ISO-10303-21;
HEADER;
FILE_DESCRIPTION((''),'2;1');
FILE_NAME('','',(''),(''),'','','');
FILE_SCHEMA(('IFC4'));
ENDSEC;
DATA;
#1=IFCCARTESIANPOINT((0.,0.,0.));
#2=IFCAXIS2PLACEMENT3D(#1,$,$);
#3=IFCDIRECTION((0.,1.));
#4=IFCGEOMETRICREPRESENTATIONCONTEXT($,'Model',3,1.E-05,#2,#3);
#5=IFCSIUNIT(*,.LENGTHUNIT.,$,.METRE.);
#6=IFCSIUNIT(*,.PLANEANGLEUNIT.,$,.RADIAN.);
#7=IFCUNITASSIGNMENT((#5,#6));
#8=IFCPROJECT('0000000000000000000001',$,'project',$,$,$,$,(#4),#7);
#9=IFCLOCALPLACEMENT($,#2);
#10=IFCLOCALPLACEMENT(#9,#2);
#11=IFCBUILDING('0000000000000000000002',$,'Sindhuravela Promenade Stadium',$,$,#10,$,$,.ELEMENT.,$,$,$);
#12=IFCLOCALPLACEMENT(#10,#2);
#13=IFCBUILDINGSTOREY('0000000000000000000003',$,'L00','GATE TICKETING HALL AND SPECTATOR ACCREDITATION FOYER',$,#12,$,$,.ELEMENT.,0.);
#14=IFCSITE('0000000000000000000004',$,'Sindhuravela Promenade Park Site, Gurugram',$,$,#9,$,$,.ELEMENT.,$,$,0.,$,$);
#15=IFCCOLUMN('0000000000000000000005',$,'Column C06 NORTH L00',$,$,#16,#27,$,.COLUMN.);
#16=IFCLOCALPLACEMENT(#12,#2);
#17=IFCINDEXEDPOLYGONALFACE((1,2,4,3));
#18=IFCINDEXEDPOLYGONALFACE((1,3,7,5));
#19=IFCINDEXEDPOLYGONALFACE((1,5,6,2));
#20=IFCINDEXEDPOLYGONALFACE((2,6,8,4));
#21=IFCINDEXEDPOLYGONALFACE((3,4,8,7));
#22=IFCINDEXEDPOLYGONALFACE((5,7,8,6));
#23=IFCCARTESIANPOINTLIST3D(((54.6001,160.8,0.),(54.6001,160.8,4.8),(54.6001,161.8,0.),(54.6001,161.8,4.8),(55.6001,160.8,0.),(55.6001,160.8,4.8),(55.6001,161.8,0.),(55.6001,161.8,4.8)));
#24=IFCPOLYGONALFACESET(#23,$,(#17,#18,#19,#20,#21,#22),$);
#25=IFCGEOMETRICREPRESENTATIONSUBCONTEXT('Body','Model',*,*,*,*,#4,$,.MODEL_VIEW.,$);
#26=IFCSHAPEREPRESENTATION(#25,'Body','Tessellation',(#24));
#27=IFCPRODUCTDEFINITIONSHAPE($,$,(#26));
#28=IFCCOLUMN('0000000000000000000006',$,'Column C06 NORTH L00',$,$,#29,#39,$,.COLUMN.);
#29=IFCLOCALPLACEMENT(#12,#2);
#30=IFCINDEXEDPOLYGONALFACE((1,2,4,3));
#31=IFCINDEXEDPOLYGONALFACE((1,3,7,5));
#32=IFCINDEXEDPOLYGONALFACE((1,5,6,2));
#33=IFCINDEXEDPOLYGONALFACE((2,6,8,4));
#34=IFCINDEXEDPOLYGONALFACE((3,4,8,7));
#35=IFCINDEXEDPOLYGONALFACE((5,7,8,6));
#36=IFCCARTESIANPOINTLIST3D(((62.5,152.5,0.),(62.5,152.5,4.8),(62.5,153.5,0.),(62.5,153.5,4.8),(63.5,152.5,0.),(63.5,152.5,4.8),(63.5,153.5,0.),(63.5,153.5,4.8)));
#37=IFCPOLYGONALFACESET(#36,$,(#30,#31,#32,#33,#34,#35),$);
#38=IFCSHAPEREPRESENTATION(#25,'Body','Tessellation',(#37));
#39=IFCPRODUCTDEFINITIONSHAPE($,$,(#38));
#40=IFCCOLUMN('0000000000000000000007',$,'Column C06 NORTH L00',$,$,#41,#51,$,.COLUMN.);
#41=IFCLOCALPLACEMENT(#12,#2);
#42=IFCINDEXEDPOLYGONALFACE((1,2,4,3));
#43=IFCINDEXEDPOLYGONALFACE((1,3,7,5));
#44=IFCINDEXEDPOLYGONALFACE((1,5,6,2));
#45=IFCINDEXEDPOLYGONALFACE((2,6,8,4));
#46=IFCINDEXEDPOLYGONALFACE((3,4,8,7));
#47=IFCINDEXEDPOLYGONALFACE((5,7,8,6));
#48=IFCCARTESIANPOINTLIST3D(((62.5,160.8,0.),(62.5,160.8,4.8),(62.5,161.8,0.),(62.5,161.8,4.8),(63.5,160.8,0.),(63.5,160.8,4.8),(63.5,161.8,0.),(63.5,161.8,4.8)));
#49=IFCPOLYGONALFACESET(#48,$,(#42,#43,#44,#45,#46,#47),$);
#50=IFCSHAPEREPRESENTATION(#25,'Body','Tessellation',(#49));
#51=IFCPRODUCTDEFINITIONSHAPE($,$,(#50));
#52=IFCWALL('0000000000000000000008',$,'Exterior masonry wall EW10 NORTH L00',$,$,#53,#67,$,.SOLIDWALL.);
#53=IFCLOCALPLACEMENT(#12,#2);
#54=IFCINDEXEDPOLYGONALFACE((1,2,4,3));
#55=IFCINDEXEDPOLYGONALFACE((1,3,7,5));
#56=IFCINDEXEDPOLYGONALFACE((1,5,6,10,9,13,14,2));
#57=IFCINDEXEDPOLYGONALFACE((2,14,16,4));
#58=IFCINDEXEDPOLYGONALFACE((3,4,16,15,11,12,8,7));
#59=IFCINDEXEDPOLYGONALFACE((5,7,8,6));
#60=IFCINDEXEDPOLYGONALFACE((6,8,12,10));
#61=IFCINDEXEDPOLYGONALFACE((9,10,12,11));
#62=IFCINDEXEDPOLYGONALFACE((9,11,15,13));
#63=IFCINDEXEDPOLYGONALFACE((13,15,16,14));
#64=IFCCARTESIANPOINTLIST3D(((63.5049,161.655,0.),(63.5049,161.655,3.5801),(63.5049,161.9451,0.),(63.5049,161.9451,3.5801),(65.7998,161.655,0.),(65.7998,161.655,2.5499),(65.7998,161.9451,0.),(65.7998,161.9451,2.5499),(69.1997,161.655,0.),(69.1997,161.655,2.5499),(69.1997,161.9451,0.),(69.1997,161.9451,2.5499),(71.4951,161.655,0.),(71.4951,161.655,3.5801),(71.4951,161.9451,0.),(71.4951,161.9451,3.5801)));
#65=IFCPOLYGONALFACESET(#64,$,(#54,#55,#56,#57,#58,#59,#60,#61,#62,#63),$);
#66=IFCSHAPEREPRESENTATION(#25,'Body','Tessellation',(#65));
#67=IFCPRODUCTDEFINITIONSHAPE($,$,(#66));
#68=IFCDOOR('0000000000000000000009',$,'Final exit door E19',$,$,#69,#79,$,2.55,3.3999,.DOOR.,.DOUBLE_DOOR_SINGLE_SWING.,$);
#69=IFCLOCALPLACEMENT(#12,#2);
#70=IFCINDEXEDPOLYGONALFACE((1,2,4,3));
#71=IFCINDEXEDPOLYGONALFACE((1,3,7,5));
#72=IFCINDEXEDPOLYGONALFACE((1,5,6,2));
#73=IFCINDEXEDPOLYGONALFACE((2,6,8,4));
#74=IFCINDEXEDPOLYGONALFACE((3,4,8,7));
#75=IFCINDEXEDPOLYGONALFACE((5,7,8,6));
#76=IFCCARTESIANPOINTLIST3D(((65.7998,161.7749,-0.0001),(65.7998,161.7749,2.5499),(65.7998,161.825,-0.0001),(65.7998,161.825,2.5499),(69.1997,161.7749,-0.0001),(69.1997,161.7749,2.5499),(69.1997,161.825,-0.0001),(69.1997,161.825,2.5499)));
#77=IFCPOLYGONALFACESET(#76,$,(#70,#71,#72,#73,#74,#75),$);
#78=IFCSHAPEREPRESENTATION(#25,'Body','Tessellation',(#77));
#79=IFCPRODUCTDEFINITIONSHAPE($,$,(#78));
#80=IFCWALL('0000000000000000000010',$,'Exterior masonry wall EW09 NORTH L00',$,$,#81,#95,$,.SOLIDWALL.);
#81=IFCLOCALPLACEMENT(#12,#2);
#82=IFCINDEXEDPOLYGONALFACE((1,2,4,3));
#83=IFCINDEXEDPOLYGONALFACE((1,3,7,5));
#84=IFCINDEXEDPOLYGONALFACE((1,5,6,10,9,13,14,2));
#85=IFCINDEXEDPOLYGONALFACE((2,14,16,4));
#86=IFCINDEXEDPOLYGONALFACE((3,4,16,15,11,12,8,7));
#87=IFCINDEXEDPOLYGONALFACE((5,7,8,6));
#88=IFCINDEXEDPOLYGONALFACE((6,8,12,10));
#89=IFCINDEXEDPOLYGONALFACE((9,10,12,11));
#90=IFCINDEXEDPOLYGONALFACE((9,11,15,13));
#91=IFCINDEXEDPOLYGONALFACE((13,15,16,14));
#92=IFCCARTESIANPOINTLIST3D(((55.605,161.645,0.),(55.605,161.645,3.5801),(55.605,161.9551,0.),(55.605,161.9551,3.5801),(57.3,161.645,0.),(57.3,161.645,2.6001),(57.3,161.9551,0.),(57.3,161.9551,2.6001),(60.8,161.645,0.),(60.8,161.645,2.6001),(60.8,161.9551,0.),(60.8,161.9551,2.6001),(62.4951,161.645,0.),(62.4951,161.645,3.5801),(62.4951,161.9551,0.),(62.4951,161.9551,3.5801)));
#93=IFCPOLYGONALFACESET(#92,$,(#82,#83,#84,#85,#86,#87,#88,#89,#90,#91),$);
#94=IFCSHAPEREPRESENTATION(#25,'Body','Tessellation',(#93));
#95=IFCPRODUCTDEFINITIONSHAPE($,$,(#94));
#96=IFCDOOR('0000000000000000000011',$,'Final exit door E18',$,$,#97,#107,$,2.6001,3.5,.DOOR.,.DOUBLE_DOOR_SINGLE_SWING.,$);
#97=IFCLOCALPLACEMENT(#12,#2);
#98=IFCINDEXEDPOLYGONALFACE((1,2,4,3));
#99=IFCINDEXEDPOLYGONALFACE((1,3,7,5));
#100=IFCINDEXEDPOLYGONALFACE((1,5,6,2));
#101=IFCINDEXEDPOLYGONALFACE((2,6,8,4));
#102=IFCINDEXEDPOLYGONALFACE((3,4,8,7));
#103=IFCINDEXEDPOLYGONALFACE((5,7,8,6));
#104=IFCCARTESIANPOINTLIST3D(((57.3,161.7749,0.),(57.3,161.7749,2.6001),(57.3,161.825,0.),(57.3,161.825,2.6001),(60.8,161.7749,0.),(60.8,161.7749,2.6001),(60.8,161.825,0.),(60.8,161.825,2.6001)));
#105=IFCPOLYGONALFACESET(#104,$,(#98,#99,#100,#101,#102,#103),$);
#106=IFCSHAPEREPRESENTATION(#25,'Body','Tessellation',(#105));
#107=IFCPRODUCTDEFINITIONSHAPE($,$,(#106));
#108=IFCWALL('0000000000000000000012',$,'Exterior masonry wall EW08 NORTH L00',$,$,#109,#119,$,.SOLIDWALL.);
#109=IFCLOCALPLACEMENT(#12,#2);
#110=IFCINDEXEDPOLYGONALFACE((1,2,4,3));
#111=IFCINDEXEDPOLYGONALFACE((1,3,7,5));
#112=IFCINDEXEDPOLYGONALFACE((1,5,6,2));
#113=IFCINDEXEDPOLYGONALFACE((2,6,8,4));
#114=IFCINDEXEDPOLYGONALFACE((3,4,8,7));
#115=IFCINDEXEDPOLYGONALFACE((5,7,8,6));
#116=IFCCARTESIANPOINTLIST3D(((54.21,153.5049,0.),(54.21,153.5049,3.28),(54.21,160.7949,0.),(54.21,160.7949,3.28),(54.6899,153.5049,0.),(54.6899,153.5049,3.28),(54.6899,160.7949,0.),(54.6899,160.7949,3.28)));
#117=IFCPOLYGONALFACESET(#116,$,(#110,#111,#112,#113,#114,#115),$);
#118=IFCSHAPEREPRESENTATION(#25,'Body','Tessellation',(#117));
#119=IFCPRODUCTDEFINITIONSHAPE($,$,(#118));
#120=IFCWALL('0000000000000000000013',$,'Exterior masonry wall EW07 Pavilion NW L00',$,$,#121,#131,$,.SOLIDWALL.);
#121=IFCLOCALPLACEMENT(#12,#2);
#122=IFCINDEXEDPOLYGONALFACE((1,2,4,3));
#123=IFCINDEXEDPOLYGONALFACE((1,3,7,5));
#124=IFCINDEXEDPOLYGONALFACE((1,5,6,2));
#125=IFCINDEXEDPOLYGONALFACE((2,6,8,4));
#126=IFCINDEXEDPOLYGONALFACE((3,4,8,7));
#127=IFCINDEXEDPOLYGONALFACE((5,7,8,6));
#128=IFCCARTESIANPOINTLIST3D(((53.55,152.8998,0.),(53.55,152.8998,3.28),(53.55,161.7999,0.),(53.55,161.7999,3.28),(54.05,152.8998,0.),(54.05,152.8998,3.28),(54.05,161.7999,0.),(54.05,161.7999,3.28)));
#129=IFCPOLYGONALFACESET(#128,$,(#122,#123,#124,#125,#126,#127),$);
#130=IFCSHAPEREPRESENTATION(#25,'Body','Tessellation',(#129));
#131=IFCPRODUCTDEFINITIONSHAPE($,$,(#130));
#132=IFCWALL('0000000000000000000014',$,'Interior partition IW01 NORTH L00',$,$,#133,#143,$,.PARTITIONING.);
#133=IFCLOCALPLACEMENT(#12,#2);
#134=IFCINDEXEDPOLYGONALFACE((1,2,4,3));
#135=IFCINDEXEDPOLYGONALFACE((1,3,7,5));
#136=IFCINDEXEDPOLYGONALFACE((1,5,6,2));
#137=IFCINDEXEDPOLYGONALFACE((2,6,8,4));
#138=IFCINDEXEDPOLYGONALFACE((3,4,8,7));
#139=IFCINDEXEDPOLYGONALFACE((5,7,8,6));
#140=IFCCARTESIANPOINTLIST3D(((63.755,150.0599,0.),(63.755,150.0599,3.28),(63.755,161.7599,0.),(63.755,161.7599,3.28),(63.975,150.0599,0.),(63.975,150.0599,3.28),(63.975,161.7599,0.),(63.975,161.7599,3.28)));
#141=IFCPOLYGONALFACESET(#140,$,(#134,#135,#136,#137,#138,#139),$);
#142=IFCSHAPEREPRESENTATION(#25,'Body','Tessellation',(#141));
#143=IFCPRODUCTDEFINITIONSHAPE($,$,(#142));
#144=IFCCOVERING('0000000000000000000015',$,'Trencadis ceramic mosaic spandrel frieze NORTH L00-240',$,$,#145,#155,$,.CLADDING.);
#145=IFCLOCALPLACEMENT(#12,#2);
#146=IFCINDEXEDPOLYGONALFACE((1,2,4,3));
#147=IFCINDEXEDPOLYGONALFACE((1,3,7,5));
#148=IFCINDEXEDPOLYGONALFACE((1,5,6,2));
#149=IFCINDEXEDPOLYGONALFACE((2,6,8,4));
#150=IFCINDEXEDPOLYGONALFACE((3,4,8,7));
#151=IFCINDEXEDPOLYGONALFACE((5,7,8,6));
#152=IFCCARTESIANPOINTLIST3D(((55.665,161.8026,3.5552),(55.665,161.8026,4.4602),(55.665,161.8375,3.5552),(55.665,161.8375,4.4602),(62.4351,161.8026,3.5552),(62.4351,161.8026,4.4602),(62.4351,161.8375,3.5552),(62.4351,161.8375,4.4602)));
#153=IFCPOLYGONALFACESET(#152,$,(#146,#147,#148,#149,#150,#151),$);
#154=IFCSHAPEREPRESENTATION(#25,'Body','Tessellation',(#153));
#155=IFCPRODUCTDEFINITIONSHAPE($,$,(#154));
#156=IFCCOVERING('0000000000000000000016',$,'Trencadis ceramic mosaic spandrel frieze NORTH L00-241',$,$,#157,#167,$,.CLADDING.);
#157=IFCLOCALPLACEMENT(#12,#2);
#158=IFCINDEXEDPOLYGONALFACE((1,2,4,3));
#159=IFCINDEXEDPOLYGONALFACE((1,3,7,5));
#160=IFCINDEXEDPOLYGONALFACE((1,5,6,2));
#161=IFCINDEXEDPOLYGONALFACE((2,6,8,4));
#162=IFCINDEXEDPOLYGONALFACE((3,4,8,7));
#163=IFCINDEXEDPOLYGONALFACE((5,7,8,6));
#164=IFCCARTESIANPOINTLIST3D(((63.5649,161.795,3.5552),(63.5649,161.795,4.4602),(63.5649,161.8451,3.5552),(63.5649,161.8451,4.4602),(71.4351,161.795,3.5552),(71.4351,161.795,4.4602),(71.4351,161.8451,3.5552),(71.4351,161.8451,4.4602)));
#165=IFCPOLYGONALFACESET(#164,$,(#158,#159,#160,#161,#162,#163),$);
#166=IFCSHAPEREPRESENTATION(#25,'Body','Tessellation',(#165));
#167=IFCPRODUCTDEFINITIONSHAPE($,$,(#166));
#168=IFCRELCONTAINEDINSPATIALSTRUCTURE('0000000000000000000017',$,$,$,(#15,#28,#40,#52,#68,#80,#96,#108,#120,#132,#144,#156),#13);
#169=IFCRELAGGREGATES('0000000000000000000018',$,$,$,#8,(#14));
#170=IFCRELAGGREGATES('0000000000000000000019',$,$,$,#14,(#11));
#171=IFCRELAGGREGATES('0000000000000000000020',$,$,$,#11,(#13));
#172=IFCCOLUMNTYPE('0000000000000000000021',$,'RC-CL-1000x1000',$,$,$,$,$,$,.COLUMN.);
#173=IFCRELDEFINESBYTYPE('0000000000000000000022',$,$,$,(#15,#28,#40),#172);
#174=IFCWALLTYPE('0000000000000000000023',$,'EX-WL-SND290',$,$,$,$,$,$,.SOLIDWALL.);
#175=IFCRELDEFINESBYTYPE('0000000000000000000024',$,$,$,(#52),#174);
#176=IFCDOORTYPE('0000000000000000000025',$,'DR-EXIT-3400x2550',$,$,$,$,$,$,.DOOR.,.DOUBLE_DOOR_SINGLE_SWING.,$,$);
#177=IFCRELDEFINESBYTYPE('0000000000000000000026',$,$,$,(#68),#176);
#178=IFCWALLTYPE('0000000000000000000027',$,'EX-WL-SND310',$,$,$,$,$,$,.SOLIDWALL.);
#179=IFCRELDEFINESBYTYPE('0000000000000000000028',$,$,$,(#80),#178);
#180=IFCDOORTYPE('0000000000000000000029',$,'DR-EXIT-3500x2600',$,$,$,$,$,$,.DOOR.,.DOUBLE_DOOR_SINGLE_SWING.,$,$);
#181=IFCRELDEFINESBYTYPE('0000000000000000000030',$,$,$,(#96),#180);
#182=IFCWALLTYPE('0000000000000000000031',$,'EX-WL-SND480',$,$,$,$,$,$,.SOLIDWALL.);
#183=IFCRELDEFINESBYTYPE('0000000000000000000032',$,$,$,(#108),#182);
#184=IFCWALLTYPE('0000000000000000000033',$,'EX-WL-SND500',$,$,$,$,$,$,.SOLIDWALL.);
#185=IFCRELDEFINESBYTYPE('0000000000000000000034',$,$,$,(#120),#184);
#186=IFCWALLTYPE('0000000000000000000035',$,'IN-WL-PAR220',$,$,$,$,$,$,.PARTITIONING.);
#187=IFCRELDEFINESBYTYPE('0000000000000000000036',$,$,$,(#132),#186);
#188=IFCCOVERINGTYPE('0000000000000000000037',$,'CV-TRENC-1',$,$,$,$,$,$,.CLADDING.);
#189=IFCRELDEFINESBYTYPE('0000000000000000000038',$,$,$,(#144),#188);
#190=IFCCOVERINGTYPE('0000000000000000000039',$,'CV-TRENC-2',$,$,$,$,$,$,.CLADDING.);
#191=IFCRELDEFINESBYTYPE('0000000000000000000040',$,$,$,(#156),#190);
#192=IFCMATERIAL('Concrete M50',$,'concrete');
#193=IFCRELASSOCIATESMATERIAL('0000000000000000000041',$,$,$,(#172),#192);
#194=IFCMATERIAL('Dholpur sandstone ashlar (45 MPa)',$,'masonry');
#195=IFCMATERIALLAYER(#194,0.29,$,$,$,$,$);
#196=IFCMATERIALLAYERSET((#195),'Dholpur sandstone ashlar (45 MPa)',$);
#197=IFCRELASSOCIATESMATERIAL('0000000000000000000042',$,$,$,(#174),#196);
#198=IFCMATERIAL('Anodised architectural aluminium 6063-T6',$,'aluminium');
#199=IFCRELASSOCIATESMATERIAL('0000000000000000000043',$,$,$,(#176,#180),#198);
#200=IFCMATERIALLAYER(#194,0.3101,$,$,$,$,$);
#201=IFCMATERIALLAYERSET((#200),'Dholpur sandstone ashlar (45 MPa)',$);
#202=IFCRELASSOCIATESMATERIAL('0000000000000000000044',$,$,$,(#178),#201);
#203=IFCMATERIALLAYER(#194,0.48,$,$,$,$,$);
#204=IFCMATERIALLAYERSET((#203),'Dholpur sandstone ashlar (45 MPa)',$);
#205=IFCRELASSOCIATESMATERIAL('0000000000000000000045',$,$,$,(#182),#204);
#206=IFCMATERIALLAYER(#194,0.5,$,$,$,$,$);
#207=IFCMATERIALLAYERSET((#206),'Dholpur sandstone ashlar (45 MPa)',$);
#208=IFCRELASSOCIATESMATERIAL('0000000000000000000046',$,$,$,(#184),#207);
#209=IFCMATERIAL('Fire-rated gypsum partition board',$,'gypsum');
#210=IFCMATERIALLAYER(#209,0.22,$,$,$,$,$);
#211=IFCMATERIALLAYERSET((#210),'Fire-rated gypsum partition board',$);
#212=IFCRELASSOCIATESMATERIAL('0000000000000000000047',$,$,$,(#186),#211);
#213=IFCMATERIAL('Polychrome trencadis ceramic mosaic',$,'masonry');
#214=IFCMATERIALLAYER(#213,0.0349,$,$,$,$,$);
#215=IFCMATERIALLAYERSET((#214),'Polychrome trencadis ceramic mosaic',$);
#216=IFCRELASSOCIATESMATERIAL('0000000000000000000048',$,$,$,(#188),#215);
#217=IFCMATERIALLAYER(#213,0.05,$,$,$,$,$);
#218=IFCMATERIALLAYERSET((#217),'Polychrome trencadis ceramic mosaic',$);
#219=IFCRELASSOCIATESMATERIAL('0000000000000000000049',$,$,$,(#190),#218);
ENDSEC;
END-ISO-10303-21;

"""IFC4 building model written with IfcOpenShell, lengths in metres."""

from ifc_helpers import new_model, si_unit, direction, frame, frame_2d, origin, origin_2d, place, context, subcontext, project, spatial, rectangle, extrude, material, layer, layer_set, material_profile, profile_set, type_object, element, fill, save


model = new_model("IFC4")

# Units and contexts
model_context = context("Model", 3, precision=1e-05, world=origin(), true_north=direction((0.0, 1.0)))
body_context = subcontext(model_context, "Body", "Model", "MODEL_VIEW")
ifc_project = project(units=[si_unit("LENGTHUNIT", "METRE"), si_unit("PLANEANGLEUNIT", "RADIAN")], contexts=[model_context])

# Site, building, storey
site_placement = place(None, origin())
site = spatial("IfcSite", under=ifc_project, at=site_placement, Name="Sindhuravela Promenade Park Site, Gurugram", CompositionType="ELEMENT", RefElevation=0.0)
building_placement = place(site_placement, origin())
building = spatial("IfcBuilding", under=site, at=building_placement, Name="Sindhuravela Promenade Stadium", CompositionType="ELEMENT")
storey_placement = place(building_placement, origin())
storey = spatial("IfcBuildingStorey", under=building, at=storey_placement, Name="L00", Description="GATE TICKETING HALL AND SPECTATOR ACCREDITATION FOYER", CompositionType="ELEMENT", Elevation=0.0)

# Shared definitions
ifc_material_1 = material(Name="Concrete M50", Category="concrete")

# Columns
ifc_material_profile_1 = material_profile(ifc_material_1, rectangle(XDim=1.0, YDim=1.0, at=origin_2d()), Name="RC 1000x1000")
ifc_profile_set_1 = profile_set([ifc_material_profile_1], Name="Concrete M50")
column_type = type_object("IfcColumnType", Name="RC-CL-1000x1000", PredefinedType="COLUMN", material=ifc_profile_set_1)
for number, where, z_axis, x_axis, name in (
    (1, (55.1001, 161.3, 0.0), (0.0, 0.0, 1.0), (1.0, 0.0, 0.0), "Column C06 NORTH L00"),
    (2, (63.0, 153.0, 0.0), (0.0, 0.0, 1.0), (1.0, 0.0, 0.0), "Column C06 NORTH L00"),
    (3, (63.0, 161.3, 0.0), (0.0, 0.0, 1.0), (1.0, 0.0, 0.0), "Column C06 NORTH L00"),
):
    element("IfcColumn", number, at=place(storey_placement, frame(where, z_axis=z_axis, x_axis=x_axis)), inside=storey, type_object=column_type, Name=name, PredefinedType="COLUMN", context=body_context, shape_type="SweptSolid", body=[
        extrude(rectangle(XDim=1.0, YDim=1.0, at=origin_2d()), origin(), (0.0, 0.0, 1.0), 4.8),
    ])

# Walls, openings, doors
ifc_material_2 = material(Name="Dholpur sandstone ashlar (45 MPa)", Category="masonry")
ifc_layer_1 = layer(ifc_material_2, 0.29)
ifc_layer_set_1 = layer_set([ifc_layer_1], Name="Dholpur sandstone ashlar (45 MPa)")
wall_type_1 = type_object("IfcWallType", Name="EX-WL-SND290", PredefinedType="SOLIDWALL", material=ifc_layer_set_1)
wall_1_placement = place(storey_placement, frame((63.5049, 161.8, 0.0), z_axis=(0.0, 0.0, 1.0), x_axis=(1.0, 0.0, 0.0)))
wall_1 = element("IfcWall", 4, at=wall_1_placement, inside=storey, type_object=wall_type_1, Name="Exterior masonry wall EW10 NORTH L00", PredefinedType="SOLIDWALL", context=body_context, shape_type="SweptSolid", body=[
    extrude(rectangle(XDim=7.9902, YDim=0.29, at=frame_2d((3.9951, 0.0))), origin(), (0.0, 0.0, 1.0), 3.5801),
])
opening_1_placement = place(wall_1_placement, frame((2.2949, 0.0, 0.0)))
opening_1 = element("IfcOpeningElement", 5, at=opening_1_placement, cuts=wall_1, PredefinedType="OPENING", context=body_context, shape_type="SweptSolid", body=[
    extrude(rectangle(XDim=3.3999, YDim=2.55, at=frame_2d((1.7, 1.2749))), frame((0.0, 0.155, 0.0), z_axis=(0.0, -1.0, 0.0), x_axis=(1.0, 0.0, 0.0)), (0.0, 0.0, 1.0), 0.3101),
])
ifc_material_3 = material(Name="Anodised architectural aluminium 6063-T6", Category="aluminium")
door_type_1 = type_object("IfcDoorType", Name="DR-EXIT-3400x2550", OperationType="DOUBLE_DOOR_SINGLE_SWING", PredefinedType="DOOR", material=ifc_material_3)
door_1_placement = place(opening_1_placement, origin())
door_1 = element("IfcDoor", 6, at=door_1_placement, inside=storey, type_object=door_type_1, Name="Final exit door E19", OperationType="DOUBLE_DOOR_SINGLE_SWING", OverallHeight=2.55, OverallWidth=3.3999, PredefinedType="DOOR", context=body_context, shape_type="SweptSolid", body=[
    extrude(rectangle(XDim=3.3999, YDim=2.55, at=frame_2d((1.7, 1.2749))), frame((0.0, 0.0249, 0.0), z_axis=(0.0, -1.0, 0.0), x_axis=(1.0, 0.0, 0.0)), (0.0, 0.0, 1.0), 0.05),
])
fill(opening_1, door_1)
ifc_layer_2 = layer(ifc_material_2, 0.3101)
ifc_layer_set_2 = layer_set([ifc_layer_2], Name="Dholpur sandstone ashlar (45 MPa)")
wall_type_2 = type_object("IfcWallType", Name="EX-WL-SND310", PredefinedType="SOLIDWALL", material=ifc_layer_set_2)
wall_2_placement = place(storey_placement, frame((55.605, 161.8, 0.0), z_axis=(0.0, 0.0, 1.0), x_axis=(1.0, 0.0, 0.0)))
wall_2 = element("IfcWall", 7, at=wall_2_placement, inside=storey, type_object=wall_type_2, Name="Exterior masonry wall EW09 NORTH L00", PredefinedType="SOLIDWALL", context=body_context, shape_type="SweptSolid", body=[
    extrude(rectangle(XDim=6.8901, YDim=0.3101, at=frame_2d((3.4451, 0.0))), origin(), (0.0, 0.0, 1.0), 3.5801),
])
opening_2_placement = place(wall_2_placement, frame((1.6951, 0.0, 0.0)))
opening_2 = element("IfcOpeningElement", 8, at=opening_2_placement, cuts=wall_2, PredefinedType="OPENING", context=body_context, shape_type="SweptSolid", body=[
    extrude(rectangle(XDim=3.5, YDim=2.6001, at=frame_2d((1.75, 1.3))), frame((0.0, 0.165, 0.0), z_axis=(0.0, -1.0, 0.0), x_axis=(1.0, 0.0, 0.0)), (0.0, 0.0, 1.0), 0.3301),
])
door_type_2 = type_object("IfcDoorType", Name="DR-EXIT-3500x2600", OperationType="DOUBLE_DOOR_SINGLE_SWING", PredefinedType="DOOR", material=ifc_material_3)
door_2_placement = place(opening_2_placement, origin())
door_2 = element("IfcDoor", 9, at=door_2_placement, inside=storey, type_object=door_type_2, Name="Final exit door E18", OperationType="DOUBLE_DOOR_SINGLE_SWING", OverallHeight=2.6001, OverallWidth=3.5, PredefinedType="DOOR", context=body_context, shape_type="SweptSolid", body=[
    extrude(rectangle(XDim=3.5, YDim=2.6001, at=frame_2d((1.75, 1.3))), frame((0.0, 0.0249, 0.0), z_axis=(0.0, -1.0, 0.0), x_axis=(1.0, 0.0, 0.0)), (0.0, 0.0, 1.0), 0.05),
])
fill(opening_2, door_2)

# Walls
ifc_layer_3 = layer(ifc_material_2, 0.48)
ifc_layer_set_3 = layer_set([ifc_layer_3], Name="Dholpur sandstone ashlar (45 MPa)")
wall_type_3 = type_object("IfcWallType", Name="EX-WL-SND480", PredefinedType="SOLIDWALL", material=ifc_layer_set_3)
wall_3_placement = place(storey_placement, frame((54.45, 153.5049, 0.0), z_axis=(0.0, 0.0, 1.0), x_axis=(0.0, 1.0, 0.0)))
element("IfcWall", 10, at=wall_3_placement, inside=storey, type_object=wall_type_3, Name="Exterior masonry wall EW08 NORTH L00", PredefinedType="SOLIDWALL", context=body_context, shape_type="SweptSolid", body=[
    extrude(rectangle(XDim=7.29, YDim=0.48, at=frame_2d((3.645, 0.0))), origin(), (0.0, 0.0, 1.0), 3.28),
])
ifc_layer_4 = layer(ifc_material_2, 0.5)
ifc_layer_set_4 = layer_set([ifc_layer_4], Name="Dholpur sandstone ashlar (45 MPa)")
wall_type_4 = type_object("IfcWallType", Name="EX-WL-SND500", PredefinedType="SOLIDWALL", material=ifc_layer_set_4)
wall_4_placement = place(storey_placement, frame((53.8, 161.8, 0.0), z_axis=(0.0, 0.0, 1.0), x_axis=(0.0, -1.0, 0.0)))
element("IfcWall", 11, at=wall_4_placement, inside=storey, type_object=wall_type_4, Name="Exterior masonry wall EW07 Pavilion NW L00", PredefinedType="SOLIDWALL", context=body_context, shape_type="SweptSolid", body=[
    extrude(rectangle(XDim=8.9001, YDim=0.5, at=frame_2d((4.4502, 0.0))), origin(), (0.0, 0.0, 1.0), 3.28),
])
ifc_material_4 = material(Name="Fire-rated gypsum partition board", Category="gypsum")
ifc_layer_5 = layer(ifc_material_4, 0.22)
ifc_layer_set_5 = layer_set([ifc_layer_5], Name="Fire-rated gypsum partition board")
wall_type_5 = type_object("IfcWallType", Name="IN-WL-PAR220", PredefinedType="PARTITIONING", material=ifc_layer_set_5)
wall_5_placement = place(storey_placement, frame((63.865, 161.76, 0.0), z_axis=(0.0, 0.0, 1.0), x_axis=(0.0, -1.0, 0.0)))
element("IfcWall", 12, at=wall_5_placement, inside=storey, type_object=wall_type_5, Name="Interior partition IW01 NORTH L00", PredefinedType="PARTITIONING", context=body_context, shape_type="SweptSolid", body=[
    extrude(rectangle(XDim=11.7, YDim=0.22, at=frame_2d((5.8501, 0.0))), origin(), (0.0, 0.0, 1.0), 3.28),
])

# Coverings
ifc_material_5 = material(Name="Polychrome trencadis ceramic mosaic", Category="masonry")
ifc_layer_6 = layer(ifc_material_5, 0.0349)
ifc_layer_set_6 = layer_set([ifc_layer_6], Name="Polychrome trencadis ceramic mosaic")
covering_type_1 = type_object("IfcCoveringType", Name="CV-TRENC-1", PredefinedType="CLADDING", material=ifc_layer_set_6)
covering_1_placement = place(storey_placement, frame((59.05, 161.8201, 3.5552), z_axis=(0.0, 0.0, 1.0), x_axis=(1.0, 0.0, 0.0)))
element("IfcCovering", 13, at=covering_1_placement, inside=storey, type_object=covering_type_1, Name="Trencadis ceramic mosaic spandrel frieze NORTH L00-240", PredefinedType="CLADDING", context=body_context, shape_type="SweptSolid", body=[
    extrude(rectangle(XDim=6.77, YDim=0.0349, at=origin_2d()), origin(), (0.0, 0.0, 1.0), 0.905),
])
ifc_layer_7 = layer(ifc_material_5, 0.05)
ifc_layer_set_7 = layer_set([ifc_layer_7], Name="Polychrome trencadis ceramic mosaic")
covering_type_2 = type_object("IfcCoveringType", Name="CV-TRENC-2", PredefinedType="CLADDING", material=ifc_layer_set_7)
covering_2_placement = place(storey_placement, frame((67.5, 161.8201, 3.5552), z_axis=(0.0, 0.0, 1.0), x_axis=(1.0, 0.0, 0.0)))
element("IfcCovering", 14, at=covering_2_placement, inside=storey, type_object=covering_type_2, Name="Trencadis ceramic mosaic spandrel frieze NORTH L00-241", PredefinedType="CLADDING", context=body_context, shape_type="SweptSolid", body=[
    extrude(rectangle(XDim=7.8701, YDim=0.05, at=origin_2d()), origin(), (0.0, 0.0, 1.0), 0.905),
])

save(model, "model.ifc")
